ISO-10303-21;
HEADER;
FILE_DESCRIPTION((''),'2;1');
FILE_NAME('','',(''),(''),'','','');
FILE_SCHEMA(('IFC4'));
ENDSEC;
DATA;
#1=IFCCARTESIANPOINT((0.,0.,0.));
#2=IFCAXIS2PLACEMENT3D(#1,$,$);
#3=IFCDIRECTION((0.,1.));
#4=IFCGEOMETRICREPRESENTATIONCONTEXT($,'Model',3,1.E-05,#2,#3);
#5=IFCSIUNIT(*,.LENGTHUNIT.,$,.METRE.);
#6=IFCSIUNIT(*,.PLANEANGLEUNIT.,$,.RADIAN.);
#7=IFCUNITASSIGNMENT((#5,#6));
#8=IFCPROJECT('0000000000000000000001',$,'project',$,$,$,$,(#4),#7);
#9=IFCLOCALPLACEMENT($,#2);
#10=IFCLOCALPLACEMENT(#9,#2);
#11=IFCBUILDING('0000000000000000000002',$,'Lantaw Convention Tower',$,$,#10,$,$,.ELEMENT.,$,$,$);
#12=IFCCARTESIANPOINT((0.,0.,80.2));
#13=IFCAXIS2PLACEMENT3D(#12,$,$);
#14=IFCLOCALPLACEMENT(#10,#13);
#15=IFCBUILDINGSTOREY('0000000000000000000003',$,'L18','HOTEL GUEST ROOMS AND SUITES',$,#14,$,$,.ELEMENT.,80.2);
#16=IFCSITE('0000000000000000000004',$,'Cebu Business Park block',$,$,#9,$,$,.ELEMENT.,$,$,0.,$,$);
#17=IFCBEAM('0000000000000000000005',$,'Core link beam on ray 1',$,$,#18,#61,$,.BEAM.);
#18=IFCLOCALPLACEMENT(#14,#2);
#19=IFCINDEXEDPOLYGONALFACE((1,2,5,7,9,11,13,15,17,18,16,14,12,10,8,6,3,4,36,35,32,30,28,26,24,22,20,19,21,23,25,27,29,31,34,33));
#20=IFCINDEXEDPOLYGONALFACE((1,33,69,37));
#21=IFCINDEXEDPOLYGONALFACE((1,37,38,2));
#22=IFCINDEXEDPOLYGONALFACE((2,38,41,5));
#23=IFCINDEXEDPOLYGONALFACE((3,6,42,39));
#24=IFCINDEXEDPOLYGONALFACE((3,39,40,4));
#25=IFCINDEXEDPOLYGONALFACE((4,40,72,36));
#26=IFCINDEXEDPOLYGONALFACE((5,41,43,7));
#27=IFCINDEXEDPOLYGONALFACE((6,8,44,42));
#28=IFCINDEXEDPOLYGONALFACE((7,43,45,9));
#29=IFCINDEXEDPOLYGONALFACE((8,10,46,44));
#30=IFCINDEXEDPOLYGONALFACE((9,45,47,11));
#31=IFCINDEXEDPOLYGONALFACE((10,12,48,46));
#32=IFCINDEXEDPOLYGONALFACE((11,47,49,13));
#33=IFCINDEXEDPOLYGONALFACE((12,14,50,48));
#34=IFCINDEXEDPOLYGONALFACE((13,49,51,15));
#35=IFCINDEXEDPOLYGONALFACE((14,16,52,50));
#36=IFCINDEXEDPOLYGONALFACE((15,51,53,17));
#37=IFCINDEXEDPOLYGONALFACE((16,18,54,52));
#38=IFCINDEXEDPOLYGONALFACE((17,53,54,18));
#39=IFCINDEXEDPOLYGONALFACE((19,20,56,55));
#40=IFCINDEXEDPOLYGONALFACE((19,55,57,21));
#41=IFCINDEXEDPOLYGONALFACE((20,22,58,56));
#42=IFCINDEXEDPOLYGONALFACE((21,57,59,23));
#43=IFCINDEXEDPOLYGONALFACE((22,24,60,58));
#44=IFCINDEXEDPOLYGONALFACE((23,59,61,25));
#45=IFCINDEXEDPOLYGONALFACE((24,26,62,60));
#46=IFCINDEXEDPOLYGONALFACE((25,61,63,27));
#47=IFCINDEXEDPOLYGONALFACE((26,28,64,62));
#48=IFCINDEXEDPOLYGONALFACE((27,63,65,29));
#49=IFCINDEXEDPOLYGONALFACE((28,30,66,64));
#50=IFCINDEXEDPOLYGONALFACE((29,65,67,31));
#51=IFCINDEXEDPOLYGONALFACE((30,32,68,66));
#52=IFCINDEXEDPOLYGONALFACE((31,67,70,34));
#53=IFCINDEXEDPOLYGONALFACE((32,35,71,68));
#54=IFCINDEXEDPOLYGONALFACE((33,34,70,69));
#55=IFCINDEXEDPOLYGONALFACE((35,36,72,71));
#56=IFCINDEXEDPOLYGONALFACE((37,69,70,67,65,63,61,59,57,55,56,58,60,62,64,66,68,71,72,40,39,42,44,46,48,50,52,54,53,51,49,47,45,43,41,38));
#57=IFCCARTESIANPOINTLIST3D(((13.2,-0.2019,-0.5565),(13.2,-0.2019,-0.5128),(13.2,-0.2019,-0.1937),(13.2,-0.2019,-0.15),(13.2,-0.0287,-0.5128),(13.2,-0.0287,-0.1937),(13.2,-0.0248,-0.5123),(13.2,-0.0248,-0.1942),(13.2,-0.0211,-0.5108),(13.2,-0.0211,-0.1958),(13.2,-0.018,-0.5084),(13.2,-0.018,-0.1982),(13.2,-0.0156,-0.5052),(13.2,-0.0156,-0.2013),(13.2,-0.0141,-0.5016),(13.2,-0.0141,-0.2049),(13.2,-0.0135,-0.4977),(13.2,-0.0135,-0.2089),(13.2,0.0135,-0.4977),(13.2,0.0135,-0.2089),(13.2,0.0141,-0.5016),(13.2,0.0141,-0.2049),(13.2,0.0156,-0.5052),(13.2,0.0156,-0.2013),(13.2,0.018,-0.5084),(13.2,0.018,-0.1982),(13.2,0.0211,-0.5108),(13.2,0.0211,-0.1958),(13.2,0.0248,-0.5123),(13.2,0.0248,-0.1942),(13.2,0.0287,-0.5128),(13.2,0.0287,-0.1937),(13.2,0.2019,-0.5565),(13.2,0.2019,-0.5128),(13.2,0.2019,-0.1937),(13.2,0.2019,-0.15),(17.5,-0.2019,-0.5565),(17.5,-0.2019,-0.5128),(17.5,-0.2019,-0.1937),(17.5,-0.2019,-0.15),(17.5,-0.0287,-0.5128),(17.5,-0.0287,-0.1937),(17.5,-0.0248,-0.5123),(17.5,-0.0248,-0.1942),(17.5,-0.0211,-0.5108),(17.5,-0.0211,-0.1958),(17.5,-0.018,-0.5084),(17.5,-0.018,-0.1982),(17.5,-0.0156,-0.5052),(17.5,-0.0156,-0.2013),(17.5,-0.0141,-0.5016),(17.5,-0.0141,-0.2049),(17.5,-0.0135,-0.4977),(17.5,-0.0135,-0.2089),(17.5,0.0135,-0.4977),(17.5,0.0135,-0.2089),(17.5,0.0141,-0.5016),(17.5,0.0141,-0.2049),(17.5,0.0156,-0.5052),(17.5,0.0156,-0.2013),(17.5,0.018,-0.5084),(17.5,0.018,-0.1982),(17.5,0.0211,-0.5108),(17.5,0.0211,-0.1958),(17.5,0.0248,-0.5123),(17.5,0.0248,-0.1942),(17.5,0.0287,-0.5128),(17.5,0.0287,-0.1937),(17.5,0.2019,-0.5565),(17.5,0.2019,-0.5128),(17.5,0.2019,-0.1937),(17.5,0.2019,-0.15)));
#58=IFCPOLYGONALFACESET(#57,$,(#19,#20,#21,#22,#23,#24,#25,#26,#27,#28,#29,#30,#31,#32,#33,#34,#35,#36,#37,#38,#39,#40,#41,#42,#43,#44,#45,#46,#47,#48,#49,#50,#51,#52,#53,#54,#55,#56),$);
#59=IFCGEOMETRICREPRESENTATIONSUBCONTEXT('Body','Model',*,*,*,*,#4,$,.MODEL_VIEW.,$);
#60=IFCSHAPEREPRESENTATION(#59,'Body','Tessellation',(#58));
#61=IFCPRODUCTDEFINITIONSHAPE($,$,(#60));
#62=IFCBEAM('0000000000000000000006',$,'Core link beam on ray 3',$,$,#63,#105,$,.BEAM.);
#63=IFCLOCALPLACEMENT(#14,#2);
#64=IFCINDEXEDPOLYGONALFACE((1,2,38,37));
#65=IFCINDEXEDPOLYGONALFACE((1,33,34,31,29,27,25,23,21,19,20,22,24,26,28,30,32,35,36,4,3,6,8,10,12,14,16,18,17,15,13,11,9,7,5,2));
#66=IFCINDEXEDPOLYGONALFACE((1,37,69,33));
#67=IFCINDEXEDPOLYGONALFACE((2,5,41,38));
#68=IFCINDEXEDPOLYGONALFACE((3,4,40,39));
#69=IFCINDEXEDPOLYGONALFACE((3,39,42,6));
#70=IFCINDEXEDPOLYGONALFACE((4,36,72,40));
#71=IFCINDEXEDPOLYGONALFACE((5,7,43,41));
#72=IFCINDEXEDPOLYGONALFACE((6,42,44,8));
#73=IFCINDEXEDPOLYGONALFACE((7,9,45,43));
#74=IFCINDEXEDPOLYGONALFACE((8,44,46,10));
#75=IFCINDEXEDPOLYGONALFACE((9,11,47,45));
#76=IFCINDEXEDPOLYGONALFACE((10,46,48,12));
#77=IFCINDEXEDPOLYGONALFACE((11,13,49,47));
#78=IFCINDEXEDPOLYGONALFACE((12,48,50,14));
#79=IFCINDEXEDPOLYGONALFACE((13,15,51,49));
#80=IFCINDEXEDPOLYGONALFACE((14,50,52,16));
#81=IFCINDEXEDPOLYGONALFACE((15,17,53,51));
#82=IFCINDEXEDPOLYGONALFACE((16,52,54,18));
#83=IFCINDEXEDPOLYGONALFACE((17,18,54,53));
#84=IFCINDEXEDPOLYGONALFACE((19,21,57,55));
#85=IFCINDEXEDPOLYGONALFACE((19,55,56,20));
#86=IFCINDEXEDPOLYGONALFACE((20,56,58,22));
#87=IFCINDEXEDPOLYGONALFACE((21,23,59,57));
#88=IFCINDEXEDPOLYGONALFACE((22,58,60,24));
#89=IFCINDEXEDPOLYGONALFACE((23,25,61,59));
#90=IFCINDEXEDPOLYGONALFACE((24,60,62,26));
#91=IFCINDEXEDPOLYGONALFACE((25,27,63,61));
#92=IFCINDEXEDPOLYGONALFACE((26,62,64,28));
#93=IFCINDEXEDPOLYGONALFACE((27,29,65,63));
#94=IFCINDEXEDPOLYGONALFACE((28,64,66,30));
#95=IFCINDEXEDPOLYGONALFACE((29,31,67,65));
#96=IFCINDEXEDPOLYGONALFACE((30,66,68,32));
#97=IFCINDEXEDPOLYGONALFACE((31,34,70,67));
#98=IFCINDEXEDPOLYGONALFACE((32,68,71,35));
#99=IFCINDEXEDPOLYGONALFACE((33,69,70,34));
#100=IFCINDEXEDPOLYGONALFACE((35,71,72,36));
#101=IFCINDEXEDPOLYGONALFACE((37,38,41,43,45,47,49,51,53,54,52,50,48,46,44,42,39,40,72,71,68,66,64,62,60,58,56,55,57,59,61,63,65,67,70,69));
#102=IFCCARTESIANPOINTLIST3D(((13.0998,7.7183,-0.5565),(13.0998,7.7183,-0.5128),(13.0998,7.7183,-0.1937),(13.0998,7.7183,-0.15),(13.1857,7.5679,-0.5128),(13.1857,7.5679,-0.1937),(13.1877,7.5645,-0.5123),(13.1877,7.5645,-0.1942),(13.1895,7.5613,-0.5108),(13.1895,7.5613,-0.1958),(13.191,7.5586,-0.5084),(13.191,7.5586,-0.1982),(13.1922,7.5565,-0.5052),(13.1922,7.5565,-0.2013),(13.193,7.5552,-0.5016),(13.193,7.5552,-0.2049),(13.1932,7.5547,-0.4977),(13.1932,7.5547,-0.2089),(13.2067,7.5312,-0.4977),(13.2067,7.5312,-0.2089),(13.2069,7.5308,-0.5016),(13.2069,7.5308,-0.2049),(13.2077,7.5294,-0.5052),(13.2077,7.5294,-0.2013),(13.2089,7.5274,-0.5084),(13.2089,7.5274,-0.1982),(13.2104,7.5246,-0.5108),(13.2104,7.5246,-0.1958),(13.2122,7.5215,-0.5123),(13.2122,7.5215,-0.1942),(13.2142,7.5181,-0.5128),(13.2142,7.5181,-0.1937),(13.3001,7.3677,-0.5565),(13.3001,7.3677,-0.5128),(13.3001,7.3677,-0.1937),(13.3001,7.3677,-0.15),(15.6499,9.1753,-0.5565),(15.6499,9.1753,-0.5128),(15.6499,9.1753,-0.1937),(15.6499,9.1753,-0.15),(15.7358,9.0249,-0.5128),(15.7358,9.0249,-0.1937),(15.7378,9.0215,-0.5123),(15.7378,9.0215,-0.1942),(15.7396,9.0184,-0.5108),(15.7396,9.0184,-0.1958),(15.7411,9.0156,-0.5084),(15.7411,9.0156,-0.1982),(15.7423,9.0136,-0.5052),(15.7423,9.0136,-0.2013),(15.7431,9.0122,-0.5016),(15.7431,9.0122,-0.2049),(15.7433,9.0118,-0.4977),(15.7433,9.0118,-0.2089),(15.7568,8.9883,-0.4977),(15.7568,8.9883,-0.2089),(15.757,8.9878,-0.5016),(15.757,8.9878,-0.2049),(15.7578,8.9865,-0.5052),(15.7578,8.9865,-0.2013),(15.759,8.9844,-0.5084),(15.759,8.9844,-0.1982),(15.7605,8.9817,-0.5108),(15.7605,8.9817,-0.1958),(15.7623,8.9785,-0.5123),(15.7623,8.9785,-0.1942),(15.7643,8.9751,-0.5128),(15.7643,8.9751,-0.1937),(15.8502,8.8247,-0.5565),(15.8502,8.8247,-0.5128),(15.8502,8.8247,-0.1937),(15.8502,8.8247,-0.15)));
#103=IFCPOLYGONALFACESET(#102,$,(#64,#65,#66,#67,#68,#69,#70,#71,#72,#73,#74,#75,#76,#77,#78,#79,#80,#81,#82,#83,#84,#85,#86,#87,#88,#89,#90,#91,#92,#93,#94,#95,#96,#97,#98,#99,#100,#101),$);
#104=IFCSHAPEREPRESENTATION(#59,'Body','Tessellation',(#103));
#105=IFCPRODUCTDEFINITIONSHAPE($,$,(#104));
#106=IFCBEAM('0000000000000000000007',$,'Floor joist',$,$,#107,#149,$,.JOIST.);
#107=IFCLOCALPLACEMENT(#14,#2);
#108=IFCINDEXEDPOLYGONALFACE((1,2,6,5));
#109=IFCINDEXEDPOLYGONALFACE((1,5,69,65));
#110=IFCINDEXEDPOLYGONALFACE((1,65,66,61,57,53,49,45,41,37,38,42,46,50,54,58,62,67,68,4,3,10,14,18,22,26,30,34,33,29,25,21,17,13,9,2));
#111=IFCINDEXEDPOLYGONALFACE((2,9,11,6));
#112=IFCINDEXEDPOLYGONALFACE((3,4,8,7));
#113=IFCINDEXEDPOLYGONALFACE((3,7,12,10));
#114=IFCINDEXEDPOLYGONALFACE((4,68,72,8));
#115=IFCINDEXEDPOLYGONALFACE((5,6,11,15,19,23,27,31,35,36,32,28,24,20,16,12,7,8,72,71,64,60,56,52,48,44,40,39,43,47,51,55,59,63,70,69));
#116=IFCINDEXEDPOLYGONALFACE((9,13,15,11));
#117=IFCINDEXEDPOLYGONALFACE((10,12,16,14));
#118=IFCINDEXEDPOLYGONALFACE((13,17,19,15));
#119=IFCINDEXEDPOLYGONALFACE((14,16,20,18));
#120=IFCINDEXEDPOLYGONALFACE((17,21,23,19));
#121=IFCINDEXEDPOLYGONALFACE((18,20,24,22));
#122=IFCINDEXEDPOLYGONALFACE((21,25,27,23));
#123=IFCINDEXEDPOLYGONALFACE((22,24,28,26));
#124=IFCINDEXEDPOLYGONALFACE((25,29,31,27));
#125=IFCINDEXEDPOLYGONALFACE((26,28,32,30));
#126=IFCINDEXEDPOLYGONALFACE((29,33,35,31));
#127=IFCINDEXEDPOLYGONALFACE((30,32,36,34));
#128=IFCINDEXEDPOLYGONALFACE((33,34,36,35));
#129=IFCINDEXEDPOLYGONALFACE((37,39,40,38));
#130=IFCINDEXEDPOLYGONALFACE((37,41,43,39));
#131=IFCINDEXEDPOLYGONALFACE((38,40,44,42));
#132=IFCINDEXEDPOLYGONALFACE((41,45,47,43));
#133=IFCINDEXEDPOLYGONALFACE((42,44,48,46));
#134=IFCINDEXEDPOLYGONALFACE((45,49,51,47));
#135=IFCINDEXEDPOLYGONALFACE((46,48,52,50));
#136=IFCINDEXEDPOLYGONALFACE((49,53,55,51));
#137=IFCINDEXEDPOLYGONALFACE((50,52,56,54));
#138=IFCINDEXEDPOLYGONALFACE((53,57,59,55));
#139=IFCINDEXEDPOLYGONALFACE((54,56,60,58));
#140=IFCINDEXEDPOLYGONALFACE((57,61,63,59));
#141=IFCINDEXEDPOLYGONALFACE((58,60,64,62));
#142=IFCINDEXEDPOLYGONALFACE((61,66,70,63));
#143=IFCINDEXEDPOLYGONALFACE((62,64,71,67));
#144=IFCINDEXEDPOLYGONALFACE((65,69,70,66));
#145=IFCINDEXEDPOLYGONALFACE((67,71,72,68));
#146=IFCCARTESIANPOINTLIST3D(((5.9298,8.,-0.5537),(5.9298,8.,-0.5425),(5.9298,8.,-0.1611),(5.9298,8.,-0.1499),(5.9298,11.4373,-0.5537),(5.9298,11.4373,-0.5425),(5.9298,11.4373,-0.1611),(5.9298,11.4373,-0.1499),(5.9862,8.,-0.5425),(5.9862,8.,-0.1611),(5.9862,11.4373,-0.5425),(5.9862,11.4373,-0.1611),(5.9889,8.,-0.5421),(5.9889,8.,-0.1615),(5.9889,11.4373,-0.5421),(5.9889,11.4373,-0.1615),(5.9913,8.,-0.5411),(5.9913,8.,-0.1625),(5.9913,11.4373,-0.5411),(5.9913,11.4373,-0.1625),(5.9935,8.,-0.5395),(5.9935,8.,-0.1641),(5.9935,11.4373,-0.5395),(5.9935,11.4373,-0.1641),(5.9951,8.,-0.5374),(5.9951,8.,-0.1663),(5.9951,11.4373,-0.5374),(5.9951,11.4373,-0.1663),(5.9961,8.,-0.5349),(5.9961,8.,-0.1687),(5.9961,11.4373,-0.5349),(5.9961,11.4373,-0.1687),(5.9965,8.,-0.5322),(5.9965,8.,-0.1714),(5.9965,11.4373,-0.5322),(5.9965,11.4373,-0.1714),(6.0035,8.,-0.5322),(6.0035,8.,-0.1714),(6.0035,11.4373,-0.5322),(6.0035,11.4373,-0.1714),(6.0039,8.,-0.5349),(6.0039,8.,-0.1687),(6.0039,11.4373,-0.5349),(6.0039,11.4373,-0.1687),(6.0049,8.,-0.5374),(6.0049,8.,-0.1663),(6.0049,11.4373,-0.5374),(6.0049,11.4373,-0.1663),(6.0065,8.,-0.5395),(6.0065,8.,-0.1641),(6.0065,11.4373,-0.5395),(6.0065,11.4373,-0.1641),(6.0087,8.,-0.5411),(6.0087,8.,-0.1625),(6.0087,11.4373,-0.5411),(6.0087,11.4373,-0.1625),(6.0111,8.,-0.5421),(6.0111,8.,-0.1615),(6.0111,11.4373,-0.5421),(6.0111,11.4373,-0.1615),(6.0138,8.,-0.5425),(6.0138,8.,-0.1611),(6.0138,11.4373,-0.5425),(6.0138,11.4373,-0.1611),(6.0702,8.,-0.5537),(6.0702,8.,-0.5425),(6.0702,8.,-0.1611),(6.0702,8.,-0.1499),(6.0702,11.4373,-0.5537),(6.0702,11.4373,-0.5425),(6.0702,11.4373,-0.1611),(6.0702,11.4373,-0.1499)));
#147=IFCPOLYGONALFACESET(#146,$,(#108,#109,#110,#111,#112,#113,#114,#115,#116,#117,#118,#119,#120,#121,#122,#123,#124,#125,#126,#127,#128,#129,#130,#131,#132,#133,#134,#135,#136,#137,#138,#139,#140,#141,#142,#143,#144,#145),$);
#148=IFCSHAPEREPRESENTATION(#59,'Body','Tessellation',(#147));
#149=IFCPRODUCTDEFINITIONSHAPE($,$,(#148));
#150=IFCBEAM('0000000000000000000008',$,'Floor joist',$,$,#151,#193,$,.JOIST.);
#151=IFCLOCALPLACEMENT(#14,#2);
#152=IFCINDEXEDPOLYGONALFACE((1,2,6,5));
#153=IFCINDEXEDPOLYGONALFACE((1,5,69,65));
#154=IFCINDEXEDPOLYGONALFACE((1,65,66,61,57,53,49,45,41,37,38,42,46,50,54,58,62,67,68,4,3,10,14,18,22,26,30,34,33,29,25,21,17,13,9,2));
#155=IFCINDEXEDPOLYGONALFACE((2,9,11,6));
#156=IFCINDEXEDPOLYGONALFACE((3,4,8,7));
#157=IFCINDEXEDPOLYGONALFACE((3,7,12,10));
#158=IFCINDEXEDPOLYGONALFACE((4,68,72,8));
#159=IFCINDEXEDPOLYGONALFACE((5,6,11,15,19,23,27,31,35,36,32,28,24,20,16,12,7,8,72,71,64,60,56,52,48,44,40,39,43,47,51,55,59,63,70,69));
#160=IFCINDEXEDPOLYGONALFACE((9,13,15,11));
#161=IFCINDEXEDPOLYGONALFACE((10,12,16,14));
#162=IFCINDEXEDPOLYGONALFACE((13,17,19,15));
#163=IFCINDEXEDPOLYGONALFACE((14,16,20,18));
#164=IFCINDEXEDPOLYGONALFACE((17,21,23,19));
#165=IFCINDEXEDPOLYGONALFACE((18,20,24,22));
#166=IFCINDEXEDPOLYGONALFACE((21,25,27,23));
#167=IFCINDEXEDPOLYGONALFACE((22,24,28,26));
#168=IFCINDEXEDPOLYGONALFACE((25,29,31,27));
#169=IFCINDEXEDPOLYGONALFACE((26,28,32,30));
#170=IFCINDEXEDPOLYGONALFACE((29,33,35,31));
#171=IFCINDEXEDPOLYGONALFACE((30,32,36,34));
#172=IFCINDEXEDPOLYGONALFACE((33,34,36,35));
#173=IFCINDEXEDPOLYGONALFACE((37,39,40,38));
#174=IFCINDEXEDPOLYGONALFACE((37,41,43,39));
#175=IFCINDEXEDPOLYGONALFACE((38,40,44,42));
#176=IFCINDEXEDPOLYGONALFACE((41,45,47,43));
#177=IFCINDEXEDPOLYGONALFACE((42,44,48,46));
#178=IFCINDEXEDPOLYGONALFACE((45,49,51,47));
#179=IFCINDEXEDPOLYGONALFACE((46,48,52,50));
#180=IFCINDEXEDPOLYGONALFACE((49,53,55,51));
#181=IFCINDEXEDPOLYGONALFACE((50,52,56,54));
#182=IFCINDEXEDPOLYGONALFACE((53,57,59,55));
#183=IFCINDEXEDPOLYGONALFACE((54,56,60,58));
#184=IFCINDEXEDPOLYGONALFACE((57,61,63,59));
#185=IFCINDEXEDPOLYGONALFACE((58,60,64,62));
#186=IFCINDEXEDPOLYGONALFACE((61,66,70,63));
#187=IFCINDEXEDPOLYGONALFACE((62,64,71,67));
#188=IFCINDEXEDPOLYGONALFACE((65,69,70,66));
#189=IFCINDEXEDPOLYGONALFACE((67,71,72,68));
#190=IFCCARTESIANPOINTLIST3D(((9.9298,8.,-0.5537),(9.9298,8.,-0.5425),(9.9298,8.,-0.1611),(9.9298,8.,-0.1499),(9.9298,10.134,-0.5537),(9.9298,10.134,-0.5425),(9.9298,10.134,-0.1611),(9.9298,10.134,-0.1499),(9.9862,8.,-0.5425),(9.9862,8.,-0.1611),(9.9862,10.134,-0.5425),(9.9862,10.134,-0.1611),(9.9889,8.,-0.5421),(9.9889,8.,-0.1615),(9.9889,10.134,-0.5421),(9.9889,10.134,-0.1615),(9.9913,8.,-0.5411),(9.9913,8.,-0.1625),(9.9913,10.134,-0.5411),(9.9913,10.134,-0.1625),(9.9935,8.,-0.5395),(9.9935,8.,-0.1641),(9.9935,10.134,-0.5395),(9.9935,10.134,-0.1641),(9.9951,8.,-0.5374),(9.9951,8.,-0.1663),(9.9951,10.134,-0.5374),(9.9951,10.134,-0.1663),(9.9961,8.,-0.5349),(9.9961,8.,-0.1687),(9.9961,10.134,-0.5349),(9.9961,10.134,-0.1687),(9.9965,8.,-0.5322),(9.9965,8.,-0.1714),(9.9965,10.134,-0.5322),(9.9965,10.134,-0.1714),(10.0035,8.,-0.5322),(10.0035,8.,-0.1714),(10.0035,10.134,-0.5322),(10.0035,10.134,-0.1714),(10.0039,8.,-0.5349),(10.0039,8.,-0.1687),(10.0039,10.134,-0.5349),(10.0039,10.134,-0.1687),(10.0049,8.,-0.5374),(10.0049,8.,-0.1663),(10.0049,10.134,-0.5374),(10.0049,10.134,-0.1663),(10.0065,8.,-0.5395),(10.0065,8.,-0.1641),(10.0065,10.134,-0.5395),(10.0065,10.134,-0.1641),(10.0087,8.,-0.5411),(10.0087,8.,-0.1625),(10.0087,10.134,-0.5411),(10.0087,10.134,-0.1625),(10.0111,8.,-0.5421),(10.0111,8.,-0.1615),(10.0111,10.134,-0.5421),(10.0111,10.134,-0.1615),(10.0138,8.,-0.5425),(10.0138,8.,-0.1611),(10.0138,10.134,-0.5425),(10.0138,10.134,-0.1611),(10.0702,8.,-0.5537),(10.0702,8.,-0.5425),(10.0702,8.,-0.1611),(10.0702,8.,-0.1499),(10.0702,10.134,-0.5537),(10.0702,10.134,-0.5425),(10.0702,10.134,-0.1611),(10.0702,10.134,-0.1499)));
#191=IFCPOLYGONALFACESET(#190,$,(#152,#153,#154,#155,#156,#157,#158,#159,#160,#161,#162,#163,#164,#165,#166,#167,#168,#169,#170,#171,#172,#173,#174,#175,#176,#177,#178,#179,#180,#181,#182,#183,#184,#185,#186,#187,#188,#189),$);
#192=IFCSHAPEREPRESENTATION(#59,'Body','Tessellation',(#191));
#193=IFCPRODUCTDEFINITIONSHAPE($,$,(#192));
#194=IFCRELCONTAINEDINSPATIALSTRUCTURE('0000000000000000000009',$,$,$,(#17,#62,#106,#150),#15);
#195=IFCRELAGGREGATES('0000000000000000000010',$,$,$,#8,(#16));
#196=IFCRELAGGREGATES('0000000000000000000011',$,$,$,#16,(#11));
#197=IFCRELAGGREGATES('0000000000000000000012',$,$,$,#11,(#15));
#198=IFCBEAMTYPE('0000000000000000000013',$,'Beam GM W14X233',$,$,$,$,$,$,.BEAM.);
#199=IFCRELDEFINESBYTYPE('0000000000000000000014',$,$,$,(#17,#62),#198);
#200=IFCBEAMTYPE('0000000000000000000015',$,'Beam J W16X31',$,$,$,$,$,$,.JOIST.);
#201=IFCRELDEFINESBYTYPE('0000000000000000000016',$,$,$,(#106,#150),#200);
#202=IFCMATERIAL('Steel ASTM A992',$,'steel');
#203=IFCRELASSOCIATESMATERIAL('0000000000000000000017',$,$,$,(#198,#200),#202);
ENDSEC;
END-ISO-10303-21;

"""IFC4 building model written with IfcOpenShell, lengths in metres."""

from ifc_helpers import new_model, si_unit, direction, frame, origin, origin_2d, place, context, subcontext, project, spatial, i_section, extrude, material, material_profile, profile_set, type_object, element, save


model = new_model("IFC4")

# Units and contexts
model_context = context("Model", 3, precision=1e-05, world=origin(), true_north=direction((0.0, 1.0)))
body_context = subcontext(model_context, "Body", "Model", "MODEL_VIEW")
ifc_project = project(units=[si_unit("LENGTHUNIT", "METRE"), si_unit("PLANEANGLEUNIT", "RADIAN")], contexts=[model_context])

# Site, building, storey
site_placement = place(None, origin())
site = spatial("IfcSite", under=ifc_project, at=site_placement, Name="Cebu Business Park block", CompositionType="ELEMENT", RefElevation=0.0)
building_placement = place(site_placement, origin())
building = spatial("IfcBuilding", under=site, at=building_placement, Name="Lantaw Convention Tower", CompositionType="ELEMENT")
storey_placement = place(building_placement, frame((0.0, 0.0, 80.2)))
storey = spatial("IfcBuildingStorey", under=building, at=storey_placement, Name="L18", Description="HOTEL GUEST ROOMS AND SUITES", CompositionType="ELEMENT", Elevation=80.2)

# Beams
ifc_material_1 = material(Name="Steel ASTM A992", Category="steel")
ifc_material_profile_1 = material_profile(ifc_material_1, i_section(OverallWidth=0.4038, OverallDepth=0.4065, WebThickness=0.0271, FlangeThickness=0.0437, FilletRadius=0.0151, at=origin_2d()), Name="W14X233")
ifc_profile_set_1 = profile_set([ifc_material_profile_1], Name="Steel ASTM A992")
beam_type_1 = type_object("IfcBeamType", Name="Beam GM W14X233", PredefinedType="BEAM", material=ifc_profile_set_1)
beam_1_placement = place(storey_placement, frame((13.2, 0.0, -0.3533), z_axis=(1.0, 0.0, 0.0), x_axis=(0.0, 1.0, 0.0)))
element("IfcBeam", 1, at=beam_1_placement, inside=storey, type_object=beam_type_1, Name="Core link beam on ray 1", PredefinedType="BEAM", context=body_context, shape_type="SweptSolid", body=[
    extrude(i_section(OverallWidth=0.4038, OverallDepth=0.4065, WebThickness=0.0271, FlangeThickness=0.0437, FilletRadius=0.0151, at=origin_2d()), origin(), (0.0, 0.0, 1.0), 4.3),
])
beam_2_placement = place(storey_placement, frame((13.2, 7.543, -0.3533), z_axis=(0.868264, 0.496103, 0.0), x_axis=(-0.496103, 0.868264, 0.0)))
element("IfcBeam", 2, at=beam_2_placement, inside=storey, type_object=beam_type_1, Name="Core link beam on ray 3", PredefinedType="BEAM", context=body_context, shape_type="SweptSolid", body=[
    extrude(i_section(OverallWidth=0.4038, OverallDepth=0.4065, WebThickness=0.0271, FlangeThickness=0.0437, FilletRadius=0.0151, at=origin_2d()), origin(), (0.0, 0.0, 1.0), 2.937),
])
ifc_material_profile_2 = material_profile(ifc_material_1, i_section(OverallWidth=0.1404, OverallDepth=0.4038, WebThickness=0.0071, FlangeThickness=0.0112, FilletRadius=0.0103, at=origin_2d()), Name="W16X31")
ifc_profile_set_2 = profile_set([ifc_material_profile_2], Name="Steel ASTM A992")
beam_type_2 = type_object("IfcBeamType", Name="Beam J W16X31", PredefinedType="JOIST", material=ifc_profile_set_2)
beam_3_placement = place(storey_placement, frame((6.0, 8.0, -0.3518), z_axis=(0.0, 1.0, 0.0), x_axis=(-1.0, 0.0, 0.0)))
element("IfcBeam", 3, at=beam_3_placement, inside=storey, type_object=beam_type_2, Name="Floor joist", PredefinedType="JOIST", context=body_context, shape_type="SweptSolid", body=[
    extrude(i_section(OverallWidth=0.1404, OverallDepth=0.4038, WebThickness=0.0071, FlangeThickness=0.0112, FilletRadius=0.0103, at=origin_2d()), origin(), (0.0, 0.0, 1.0), 3.4373),
])
beam_4_placement = place(storey_placement, frame((10.0, 8.0, -0.3518), z_axis=(0.0, 1.0, 0.0), x_axis=(-1.0, 0.0, 0.0)))
element("IfcBeam", 4, at=beam_4_placement, inside=storey, type_object=beam_type_2, Name="Floor joist", PredefinedType="JOIST", context=body_context, shape_type="SweptSolid", body=[
    extrude(i_section(OverallWidth=0.1404, OverallDepth=0.4038, WebThickness=0.0071, FlangeThickness=0.0112, FilletRadius=0.0103, at=origin_2d()), origin(), (0.0, 0.0, 1.0), 2.134),
])

save(model, "model.ifc")
